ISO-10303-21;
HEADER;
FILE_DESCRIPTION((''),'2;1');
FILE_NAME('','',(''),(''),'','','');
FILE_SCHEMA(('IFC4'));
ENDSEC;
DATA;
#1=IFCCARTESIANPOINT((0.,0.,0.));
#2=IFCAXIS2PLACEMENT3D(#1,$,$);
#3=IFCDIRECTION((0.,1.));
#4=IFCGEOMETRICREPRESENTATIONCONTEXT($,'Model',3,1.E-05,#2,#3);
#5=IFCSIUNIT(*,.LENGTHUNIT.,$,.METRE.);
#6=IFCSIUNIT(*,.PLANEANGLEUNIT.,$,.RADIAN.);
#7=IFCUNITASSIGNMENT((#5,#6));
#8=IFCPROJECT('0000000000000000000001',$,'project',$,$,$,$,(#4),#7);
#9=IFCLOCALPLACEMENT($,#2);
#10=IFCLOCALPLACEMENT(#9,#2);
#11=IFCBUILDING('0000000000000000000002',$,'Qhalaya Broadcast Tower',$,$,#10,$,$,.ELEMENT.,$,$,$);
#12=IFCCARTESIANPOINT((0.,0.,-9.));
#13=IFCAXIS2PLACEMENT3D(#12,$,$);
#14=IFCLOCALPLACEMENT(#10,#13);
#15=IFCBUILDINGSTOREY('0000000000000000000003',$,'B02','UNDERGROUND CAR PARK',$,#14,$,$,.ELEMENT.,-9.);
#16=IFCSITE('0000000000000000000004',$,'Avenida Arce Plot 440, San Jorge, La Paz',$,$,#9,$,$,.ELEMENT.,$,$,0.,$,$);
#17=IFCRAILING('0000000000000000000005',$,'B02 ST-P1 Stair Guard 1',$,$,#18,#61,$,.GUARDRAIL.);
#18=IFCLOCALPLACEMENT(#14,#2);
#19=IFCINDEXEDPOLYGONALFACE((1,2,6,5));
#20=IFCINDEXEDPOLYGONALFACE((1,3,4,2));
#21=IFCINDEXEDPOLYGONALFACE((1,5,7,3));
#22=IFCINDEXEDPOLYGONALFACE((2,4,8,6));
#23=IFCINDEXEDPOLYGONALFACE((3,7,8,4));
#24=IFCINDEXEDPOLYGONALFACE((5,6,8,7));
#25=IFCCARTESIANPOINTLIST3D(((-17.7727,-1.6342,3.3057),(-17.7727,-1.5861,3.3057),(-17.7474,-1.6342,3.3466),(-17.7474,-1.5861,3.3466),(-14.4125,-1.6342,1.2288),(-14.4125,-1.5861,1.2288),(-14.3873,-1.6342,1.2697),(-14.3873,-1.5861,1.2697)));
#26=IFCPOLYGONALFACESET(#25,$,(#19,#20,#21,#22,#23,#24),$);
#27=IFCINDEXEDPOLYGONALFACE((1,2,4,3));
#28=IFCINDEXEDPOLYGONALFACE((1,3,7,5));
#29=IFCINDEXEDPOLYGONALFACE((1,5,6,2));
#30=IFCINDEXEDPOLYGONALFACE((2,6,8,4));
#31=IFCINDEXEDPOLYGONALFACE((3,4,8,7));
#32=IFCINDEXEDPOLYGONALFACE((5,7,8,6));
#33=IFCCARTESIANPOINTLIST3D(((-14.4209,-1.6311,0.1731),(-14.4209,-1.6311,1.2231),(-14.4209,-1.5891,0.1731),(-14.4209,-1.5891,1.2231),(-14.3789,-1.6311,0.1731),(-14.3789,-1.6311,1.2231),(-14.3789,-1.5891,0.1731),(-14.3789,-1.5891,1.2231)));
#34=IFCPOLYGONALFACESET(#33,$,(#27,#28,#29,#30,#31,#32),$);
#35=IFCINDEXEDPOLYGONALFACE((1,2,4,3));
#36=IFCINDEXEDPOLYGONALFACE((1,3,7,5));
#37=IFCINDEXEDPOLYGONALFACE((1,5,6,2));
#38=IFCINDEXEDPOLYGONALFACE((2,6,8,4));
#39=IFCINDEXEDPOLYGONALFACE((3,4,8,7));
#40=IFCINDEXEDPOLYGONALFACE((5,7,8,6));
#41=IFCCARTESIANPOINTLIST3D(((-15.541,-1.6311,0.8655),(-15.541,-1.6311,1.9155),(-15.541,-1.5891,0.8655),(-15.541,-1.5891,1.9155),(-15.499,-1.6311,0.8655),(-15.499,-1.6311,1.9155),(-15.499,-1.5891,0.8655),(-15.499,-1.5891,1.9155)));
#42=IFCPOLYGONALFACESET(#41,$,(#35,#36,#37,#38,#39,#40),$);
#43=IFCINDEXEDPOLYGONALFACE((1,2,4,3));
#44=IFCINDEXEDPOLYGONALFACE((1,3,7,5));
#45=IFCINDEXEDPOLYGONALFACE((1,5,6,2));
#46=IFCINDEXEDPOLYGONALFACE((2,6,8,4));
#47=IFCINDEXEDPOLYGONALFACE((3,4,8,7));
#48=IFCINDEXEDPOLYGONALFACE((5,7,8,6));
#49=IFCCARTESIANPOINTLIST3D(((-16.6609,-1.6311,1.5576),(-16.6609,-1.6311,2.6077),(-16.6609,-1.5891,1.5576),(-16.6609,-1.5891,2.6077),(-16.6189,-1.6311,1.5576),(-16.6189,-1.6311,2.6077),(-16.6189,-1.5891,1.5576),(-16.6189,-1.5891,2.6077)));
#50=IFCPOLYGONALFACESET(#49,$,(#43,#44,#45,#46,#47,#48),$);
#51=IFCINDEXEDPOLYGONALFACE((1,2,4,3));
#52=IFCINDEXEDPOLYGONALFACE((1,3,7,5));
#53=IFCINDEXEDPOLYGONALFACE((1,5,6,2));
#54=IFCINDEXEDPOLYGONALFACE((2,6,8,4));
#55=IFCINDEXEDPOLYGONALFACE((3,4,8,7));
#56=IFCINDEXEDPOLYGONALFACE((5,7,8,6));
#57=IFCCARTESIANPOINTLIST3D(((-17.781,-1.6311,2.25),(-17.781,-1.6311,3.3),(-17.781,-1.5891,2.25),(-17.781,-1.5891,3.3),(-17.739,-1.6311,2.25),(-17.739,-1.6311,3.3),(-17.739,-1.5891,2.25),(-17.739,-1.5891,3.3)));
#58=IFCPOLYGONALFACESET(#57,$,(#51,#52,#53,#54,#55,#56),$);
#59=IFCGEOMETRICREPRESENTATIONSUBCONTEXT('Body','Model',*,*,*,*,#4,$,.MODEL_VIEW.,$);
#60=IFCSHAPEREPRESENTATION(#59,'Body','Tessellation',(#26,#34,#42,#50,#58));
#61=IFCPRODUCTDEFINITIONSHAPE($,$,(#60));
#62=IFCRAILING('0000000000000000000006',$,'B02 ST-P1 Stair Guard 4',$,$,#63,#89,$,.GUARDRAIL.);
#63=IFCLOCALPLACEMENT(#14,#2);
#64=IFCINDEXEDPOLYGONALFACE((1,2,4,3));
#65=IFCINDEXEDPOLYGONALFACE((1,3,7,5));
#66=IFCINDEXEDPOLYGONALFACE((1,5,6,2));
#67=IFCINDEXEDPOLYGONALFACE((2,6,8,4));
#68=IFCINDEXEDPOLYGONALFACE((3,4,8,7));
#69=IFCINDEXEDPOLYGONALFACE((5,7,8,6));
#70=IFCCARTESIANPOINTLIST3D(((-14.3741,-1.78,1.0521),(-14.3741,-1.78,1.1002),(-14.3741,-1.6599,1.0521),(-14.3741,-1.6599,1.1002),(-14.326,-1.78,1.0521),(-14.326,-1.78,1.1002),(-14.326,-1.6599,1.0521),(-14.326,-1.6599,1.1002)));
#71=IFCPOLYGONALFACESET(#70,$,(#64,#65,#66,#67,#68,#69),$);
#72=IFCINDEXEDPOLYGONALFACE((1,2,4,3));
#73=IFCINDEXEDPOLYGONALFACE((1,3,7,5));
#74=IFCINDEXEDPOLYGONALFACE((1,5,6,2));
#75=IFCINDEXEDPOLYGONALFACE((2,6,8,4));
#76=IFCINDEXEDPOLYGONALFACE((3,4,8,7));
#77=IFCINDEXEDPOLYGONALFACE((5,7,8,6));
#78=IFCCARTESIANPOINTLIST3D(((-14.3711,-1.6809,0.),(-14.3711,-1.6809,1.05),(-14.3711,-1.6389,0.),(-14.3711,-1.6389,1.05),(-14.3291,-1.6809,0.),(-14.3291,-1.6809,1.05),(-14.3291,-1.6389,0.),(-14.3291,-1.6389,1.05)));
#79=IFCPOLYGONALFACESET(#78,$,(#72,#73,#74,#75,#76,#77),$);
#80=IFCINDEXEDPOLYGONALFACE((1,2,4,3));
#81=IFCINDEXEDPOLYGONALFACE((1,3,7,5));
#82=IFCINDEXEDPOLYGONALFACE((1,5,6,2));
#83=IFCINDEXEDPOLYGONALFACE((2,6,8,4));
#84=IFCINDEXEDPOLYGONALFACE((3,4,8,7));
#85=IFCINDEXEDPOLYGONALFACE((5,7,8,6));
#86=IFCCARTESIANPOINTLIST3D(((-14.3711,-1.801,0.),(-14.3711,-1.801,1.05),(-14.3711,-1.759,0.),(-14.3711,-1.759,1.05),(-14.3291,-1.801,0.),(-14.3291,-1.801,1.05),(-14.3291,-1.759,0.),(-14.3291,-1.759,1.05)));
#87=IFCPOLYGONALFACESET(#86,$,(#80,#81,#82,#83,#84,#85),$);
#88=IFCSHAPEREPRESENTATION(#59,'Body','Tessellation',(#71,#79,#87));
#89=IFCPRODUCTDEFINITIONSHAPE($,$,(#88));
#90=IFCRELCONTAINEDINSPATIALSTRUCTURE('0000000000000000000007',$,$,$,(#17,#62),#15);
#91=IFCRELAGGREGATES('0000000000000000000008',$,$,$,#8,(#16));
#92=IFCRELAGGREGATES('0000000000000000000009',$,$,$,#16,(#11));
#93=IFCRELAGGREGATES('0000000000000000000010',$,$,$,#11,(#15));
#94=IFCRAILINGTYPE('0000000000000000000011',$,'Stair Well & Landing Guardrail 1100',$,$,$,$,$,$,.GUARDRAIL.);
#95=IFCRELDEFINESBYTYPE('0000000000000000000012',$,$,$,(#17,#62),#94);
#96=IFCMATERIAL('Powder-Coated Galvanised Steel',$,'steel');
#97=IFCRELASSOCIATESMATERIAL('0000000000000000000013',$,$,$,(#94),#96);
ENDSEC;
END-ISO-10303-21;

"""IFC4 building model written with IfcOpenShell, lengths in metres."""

from ifc_helpers import new_model, si_unit, direction, frame, origin, origin_2d, place, context, subcontext, project, spatial, rectangle, extrude, material, type_object, element, save


model = new_model("IFC4")

# Units and contexts
model_context = context("Model", 3, precision=1e-05, world=origin(), true_north=direction((0.0, 1.0)))
body_context = subcontext(model_context, "Body", "Model", "MODEL_VIEW")
ifc_project = project(units=[si_unit("LENGTHUNIT", "METRE"), si_unit("PLANEANGLEUNIT", "RADIAN")], contexts=[model_context])

# Site, building, storey
site_placement = place(None, origin())
site = spatial("IfcSite", under=ifc_project, at=site_placement, Name="Avenida Arce Plot 440, San Jorge, La Paz", CompositionType="ELEMENT", RefElevation=0.0)
building_placement = place(site_placement, origin())
building = spatial("IfcBuilding", under=site, at=building_placement, Name="Qhalaya Broadcast Tower", CompositionType="ELEMENT")
storey_placement = place(building_placement, frame((0.0, 0.0, -9.0)))
storey = spatial("IfcBuildingStorey", under=building, at=storey_placement, Name="B02", Description="UNDERGROUND CAR PARK", CompositionType="ELEMENT", Elevation=-9.0)

# Railings
ifc_material_1 = material(Name="Powder-Coated Galvanised Steel", Category="steel")
railing_type_1 = type_object("IfcRailingType", Name="Stair Well & Landing Guardrail 1100", PredefinedType="GUARDRAIL", material=ifc_material_1)
railing_1_placement = place(storey_placement, frame((-14.3999, -1.6101, 0.1731)))
element("IfcRailing", 1, at=railing_1_placement, inside=storey, type_object=railing_type_1, Name="B02 ST-P1 Stair Guard 1", PredefinedType="GUARDRAIL", context=body_context, shape_type="SweptSolid", body=[
    extrude(rectangle(XDim=0.0481, YDim=0.0481, at=origin_2d()), frame((0.0, 0.0, 1.0762), z_axis=(-0.850623, 0.0, 0.525776), x_axis=(0.0, -1.0, 0.0)), (0.0, 0.0, 1.0), 3.9502),
    extrude(rectangle(XDim=0.042, YDim=0.042, at=origin_2d()), origin(), (0.0, 0.0, 1.0), 1.05),
    extrude(rectangle(XDim=0.042, YDim=0.042, at=origin_2d()), frame((-1.1201, 0.0, 0.6924)), (0.0, 0.0, 1.0), 1.05),
    extrude(rectangle(XDim=0.042, YDim=0.042, at=origin_2d()), frame((-2.24, 0.0, 1.3845)), (0.0, 0.0, 1.0), 1.05),
    extrude(rectangle(XDim=0.042, YDim=0.042, at=origin_2d()), frame((-3.3601, 0.0, 2.0769)), (0.0, 0.0, 1.0), 1.05),
])
railing_2_placement = place(storey_placement, frame((-14.3501, -1.6599, 0.0)))
element("IfcRailing", 2, at=railing_2_placement, inside=storey, type_object=railing_type_1, Name="B02 ST-P1 Stair Guard 4", PredefinedType="GUARDRAIL", context=body_context, shape_type="SweptSolid", body=[
    extrude(rectangle(XDim=0.0481, YDim=0.0481, at=origin_2d()), frame((0.0, 0.0, 1.0762), z_axis=(0.0, -1.0, 0.0), x_axis=(1.0, 0.0, 0.0)), (0.0, 0.0, 1.0), 0.1201),
    extrude(rectangle(XDim=0.042, YDim=0.042, at=origin_2d()), origin(), (0.0, 0.0, 1.0), 1.05),
    extrude(rectangle(XDim=0.042, YDim=0.042, at=origin_2d()), frame((0.0, -0.1201, 0.0)), (0.0, 0.0, 1.0), 1.05),
])

save(model, "model.ifc")
